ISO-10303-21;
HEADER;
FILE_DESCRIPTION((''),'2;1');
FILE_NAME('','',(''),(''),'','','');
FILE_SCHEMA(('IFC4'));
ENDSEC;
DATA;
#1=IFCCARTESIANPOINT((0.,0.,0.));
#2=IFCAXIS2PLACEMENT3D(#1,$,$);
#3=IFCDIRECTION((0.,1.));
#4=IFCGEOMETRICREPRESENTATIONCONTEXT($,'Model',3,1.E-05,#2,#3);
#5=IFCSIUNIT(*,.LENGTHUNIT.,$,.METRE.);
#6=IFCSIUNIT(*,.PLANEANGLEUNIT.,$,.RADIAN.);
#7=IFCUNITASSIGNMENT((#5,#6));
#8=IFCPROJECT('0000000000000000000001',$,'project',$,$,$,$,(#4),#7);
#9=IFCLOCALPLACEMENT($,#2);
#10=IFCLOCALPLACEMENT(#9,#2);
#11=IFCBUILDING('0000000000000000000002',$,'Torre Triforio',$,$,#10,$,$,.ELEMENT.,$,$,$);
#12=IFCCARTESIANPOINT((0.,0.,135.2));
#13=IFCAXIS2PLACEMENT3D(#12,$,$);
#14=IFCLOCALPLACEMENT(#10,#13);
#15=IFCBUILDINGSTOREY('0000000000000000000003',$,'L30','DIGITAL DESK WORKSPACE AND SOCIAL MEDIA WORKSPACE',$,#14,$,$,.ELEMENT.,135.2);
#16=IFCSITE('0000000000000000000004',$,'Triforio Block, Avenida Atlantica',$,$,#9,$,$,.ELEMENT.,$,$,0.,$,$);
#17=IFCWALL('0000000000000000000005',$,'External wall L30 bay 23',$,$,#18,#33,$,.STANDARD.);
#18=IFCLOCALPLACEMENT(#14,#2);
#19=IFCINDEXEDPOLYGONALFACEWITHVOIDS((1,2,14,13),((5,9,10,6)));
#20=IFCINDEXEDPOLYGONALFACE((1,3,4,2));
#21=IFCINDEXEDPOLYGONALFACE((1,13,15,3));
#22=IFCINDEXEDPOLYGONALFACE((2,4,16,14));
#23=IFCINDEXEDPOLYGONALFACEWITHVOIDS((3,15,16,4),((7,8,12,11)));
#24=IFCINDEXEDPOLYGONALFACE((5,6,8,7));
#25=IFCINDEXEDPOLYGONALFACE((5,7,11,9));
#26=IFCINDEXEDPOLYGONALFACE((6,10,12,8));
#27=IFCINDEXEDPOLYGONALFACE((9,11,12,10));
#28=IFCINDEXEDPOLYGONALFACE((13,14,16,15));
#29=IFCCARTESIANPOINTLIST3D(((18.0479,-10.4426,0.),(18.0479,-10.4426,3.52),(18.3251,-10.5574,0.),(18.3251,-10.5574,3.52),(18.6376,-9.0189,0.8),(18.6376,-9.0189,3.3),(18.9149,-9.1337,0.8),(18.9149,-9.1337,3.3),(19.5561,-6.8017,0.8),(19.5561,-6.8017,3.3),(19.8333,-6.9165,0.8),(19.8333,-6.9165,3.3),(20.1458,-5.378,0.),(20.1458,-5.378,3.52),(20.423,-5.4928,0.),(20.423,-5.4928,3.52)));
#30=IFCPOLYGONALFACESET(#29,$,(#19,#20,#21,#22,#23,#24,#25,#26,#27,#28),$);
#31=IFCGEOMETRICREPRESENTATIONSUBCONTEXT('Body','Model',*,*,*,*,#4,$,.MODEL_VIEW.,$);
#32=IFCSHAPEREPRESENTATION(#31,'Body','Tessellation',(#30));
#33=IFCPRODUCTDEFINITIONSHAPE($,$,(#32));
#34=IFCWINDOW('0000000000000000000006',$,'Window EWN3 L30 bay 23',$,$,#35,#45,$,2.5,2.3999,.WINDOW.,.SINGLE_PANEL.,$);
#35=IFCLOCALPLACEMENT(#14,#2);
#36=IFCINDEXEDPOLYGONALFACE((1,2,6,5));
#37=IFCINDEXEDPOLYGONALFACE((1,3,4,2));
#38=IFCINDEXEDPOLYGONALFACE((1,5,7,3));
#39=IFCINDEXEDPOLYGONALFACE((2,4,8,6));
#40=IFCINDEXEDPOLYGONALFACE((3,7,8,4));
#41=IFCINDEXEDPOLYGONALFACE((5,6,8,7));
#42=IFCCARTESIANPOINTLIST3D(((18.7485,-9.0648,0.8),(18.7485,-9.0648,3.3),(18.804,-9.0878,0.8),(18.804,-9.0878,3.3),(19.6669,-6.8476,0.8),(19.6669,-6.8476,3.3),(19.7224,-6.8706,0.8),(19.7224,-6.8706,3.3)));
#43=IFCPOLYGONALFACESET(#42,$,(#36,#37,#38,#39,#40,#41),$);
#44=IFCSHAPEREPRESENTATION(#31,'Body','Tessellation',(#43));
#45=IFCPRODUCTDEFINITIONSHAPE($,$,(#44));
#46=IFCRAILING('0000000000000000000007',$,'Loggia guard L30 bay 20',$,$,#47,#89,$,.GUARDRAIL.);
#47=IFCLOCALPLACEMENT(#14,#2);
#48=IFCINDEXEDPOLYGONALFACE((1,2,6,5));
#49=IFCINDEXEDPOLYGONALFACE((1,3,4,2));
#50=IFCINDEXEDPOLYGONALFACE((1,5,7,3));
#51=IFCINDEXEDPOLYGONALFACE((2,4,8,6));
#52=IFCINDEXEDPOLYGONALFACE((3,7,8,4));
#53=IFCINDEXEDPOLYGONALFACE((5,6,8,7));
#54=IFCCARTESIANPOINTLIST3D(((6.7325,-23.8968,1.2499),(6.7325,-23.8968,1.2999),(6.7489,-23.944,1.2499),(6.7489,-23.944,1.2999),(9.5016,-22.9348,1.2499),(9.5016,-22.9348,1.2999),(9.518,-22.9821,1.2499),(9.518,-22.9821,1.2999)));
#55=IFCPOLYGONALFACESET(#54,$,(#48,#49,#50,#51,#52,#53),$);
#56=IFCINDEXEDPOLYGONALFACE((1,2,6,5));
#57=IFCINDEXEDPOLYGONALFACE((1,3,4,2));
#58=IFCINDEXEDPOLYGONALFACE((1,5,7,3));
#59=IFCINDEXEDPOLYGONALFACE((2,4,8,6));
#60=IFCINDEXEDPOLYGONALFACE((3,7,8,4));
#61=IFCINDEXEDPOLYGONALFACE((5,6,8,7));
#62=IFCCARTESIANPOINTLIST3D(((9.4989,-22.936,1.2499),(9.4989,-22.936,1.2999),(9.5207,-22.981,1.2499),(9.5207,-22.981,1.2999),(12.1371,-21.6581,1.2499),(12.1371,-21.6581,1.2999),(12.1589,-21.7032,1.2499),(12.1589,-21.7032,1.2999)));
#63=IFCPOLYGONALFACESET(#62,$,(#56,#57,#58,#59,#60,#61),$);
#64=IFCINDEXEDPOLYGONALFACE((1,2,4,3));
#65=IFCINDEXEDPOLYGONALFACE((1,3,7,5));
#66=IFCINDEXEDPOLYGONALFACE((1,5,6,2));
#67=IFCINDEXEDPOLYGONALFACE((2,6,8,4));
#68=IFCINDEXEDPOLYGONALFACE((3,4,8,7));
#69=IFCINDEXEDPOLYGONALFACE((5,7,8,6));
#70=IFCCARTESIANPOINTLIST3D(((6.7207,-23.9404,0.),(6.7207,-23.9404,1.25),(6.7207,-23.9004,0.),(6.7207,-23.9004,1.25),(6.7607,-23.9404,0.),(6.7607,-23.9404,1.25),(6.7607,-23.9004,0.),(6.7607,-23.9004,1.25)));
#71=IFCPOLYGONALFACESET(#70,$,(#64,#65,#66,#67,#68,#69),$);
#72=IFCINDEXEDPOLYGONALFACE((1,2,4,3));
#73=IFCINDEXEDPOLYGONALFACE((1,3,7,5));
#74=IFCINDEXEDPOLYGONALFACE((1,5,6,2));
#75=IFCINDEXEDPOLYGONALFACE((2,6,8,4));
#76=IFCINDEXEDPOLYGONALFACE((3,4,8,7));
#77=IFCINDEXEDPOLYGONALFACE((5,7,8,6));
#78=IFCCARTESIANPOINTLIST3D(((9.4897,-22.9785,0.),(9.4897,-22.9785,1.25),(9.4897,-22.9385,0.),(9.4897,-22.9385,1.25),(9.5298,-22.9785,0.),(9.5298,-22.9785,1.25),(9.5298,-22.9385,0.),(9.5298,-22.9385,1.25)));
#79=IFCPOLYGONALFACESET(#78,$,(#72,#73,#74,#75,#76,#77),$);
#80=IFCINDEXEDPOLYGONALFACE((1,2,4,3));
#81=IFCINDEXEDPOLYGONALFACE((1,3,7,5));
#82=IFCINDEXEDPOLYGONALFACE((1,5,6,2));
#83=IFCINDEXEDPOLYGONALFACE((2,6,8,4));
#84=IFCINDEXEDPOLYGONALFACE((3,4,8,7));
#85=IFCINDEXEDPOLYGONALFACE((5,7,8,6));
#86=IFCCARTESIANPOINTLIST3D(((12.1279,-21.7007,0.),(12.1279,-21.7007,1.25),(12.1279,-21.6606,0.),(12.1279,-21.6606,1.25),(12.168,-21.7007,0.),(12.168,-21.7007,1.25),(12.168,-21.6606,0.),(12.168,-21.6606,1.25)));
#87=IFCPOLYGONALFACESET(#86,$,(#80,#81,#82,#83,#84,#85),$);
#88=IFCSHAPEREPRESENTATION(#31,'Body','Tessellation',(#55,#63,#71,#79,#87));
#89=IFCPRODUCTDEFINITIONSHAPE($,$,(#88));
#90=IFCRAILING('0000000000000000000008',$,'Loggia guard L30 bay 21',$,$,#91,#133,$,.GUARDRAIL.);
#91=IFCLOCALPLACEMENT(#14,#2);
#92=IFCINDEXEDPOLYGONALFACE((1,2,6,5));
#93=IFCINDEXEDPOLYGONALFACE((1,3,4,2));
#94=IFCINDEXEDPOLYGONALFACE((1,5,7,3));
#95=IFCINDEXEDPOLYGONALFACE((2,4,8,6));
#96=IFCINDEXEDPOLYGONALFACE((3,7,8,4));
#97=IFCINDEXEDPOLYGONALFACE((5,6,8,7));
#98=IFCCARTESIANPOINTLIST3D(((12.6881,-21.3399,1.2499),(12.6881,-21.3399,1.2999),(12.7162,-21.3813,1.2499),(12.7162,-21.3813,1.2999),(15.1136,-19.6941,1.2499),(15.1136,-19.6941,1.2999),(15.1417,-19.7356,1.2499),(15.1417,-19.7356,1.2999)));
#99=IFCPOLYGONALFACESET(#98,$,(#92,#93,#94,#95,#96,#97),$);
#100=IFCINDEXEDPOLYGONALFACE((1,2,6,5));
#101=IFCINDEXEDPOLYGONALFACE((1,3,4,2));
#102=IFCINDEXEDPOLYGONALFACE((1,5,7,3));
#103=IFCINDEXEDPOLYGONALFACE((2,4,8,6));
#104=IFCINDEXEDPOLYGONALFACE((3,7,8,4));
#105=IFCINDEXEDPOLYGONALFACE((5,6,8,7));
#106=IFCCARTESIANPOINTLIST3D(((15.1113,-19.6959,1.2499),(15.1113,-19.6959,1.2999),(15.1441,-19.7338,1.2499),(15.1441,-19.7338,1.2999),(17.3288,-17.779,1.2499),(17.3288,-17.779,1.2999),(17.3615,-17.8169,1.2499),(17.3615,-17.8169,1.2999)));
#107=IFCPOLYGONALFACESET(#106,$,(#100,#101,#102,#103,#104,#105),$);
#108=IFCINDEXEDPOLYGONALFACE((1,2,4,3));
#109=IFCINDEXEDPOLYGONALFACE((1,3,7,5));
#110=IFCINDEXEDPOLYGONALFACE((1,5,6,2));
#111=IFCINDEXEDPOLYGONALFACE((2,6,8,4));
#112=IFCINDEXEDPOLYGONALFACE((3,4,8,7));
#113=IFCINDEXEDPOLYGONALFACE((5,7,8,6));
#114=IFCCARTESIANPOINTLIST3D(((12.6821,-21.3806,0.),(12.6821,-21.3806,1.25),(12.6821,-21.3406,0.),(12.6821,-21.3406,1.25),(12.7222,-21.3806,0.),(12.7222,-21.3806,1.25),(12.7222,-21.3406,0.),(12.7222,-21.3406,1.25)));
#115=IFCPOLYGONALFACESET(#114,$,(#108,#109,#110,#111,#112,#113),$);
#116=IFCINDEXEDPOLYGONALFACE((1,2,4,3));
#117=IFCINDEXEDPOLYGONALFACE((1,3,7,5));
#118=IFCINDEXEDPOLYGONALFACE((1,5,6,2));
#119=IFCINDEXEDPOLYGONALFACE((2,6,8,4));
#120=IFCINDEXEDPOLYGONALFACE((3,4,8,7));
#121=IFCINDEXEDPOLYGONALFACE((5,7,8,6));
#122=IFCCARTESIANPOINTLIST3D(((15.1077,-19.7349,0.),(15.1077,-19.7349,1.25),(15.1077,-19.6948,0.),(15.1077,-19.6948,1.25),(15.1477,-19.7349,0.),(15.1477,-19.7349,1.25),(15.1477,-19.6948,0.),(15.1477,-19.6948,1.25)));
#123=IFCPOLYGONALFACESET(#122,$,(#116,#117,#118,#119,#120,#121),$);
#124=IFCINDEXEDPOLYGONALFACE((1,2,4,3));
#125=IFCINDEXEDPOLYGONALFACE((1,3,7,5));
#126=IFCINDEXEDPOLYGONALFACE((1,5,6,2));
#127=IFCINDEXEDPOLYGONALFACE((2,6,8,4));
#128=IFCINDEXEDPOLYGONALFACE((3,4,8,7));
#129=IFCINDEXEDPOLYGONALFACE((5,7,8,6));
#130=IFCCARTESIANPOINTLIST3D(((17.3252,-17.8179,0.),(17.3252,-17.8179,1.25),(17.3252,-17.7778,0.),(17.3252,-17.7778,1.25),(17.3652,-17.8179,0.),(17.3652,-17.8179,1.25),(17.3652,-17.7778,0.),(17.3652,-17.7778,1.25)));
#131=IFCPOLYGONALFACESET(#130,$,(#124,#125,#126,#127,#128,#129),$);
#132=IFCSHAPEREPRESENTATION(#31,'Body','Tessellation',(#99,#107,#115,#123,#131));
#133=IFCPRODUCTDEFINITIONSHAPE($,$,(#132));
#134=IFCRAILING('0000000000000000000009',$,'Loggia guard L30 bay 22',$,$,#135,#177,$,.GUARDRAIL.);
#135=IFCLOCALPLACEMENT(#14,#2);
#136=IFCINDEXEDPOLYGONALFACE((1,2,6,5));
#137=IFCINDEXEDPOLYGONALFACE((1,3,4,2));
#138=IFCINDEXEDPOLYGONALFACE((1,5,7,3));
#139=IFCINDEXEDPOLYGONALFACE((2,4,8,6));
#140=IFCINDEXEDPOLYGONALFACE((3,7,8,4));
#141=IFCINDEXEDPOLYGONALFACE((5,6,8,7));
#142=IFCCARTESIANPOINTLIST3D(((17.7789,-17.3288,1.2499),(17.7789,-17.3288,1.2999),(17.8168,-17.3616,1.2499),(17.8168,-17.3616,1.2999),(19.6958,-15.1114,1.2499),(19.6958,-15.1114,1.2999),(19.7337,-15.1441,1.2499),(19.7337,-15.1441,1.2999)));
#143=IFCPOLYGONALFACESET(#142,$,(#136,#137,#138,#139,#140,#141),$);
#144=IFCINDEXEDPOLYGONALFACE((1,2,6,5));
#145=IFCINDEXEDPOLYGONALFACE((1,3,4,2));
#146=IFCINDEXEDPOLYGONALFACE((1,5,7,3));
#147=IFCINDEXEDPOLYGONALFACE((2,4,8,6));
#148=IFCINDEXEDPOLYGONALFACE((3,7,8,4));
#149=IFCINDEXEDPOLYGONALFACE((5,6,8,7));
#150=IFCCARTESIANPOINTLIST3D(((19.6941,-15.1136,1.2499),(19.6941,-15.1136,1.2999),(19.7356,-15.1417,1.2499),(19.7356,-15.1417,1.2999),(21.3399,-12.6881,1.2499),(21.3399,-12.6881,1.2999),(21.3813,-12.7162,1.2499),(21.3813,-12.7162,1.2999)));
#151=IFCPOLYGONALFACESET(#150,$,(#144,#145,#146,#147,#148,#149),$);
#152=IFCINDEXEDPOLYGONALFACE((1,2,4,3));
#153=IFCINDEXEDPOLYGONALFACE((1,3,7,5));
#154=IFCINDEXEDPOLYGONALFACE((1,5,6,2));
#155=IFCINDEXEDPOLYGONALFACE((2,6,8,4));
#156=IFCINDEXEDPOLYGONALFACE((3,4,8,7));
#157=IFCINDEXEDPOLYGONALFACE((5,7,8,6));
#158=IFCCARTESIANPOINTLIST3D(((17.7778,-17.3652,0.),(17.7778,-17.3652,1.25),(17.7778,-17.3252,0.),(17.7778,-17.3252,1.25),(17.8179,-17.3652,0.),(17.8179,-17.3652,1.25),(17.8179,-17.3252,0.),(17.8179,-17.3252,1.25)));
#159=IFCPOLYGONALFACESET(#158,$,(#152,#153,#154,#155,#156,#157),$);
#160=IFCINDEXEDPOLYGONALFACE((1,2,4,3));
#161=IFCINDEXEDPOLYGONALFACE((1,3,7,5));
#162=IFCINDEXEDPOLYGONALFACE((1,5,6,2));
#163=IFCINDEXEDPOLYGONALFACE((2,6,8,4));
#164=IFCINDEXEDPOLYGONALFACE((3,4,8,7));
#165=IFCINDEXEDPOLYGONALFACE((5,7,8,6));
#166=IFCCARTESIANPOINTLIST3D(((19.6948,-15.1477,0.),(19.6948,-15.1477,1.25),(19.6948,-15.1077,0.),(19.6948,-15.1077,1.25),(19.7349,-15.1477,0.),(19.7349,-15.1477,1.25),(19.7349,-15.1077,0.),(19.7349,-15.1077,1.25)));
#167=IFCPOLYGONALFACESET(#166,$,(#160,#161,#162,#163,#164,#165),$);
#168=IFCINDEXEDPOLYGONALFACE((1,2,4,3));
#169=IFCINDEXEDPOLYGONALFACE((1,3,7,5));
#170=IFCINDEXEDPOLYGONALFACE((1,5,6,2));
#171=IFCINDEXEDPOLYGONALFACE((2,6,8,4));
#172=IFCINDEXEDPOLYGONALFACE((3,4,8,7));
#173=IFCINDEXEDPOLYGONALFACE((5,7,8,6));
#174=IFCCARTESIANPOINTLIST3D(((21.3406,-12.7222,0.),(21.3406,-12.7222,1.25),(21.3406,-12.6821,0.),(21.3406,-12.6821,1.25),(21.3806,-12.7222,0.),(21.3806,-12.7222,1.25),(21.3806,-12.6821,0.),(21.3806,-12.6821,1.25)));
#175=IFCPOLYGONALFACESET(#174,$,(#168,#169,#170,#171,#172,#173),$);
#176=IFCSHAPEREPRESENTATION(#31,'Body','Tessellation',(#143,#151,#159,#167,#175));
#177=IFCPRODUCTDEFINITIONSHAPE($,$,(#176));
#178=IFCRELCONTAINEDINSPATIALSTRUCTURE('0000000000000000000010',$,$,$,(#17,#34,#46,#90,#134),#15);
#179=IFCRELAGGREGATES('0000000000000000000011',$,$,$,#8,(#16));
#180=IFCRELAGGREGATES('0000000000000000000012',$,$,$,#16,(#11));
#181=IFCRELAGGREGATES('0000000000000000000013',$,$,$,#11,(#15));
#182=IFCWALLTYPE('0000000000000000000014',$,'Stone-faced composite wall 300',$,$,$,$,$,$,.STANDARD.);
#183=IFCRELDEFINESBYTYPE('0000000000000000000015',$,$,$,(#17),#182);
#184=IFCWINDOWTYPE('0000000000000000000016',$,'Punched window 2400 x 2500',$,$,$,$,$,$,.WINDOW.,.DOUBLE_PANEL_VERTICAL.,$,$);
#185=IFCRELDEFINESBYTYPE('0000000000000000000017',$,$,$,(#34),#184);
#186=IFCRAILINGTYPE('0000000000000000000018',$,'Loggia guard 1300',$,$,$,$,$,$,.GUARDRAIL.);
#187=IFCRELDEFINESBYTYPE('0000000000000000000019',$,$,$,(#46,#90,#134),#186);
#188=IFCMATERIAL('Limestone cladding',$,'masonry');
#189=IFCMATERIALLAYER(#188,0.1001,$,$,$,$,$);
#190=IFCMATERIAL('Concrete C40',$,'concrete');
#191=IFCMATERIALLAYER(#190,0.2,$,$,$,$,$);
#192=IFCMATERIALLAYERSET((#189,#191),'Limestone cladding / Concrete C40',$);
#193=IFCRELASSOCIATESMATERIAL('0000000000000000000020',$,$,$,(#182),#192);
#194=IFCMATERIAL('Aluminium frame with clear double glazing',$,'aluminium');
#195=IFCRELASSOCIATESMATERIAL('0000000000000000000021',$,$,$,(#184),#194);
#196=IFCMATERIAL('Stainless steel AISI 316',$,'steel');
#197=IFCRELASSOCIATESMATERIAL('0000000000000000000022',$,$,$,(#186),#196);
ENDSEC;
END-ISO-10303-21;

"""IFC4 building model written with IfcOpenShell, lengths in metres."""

from ifc_helpers import new_model, si_unit, direction, frame, frame_2d, origin, origin_2d, place, context, subcontext, project, spatial, rectangle, extrude, material, layer, layer_set, type_object, element, fill, save


model = new_model("IFC4")

# Units and contexts
model_context = context("Model", 3, precision=1e-05, world=origin(), true_north=direction((0.0, 1.0)))
body_context = subcontext(model_context, "Body", "Model", "MODEL_VIEW")
ifc_project = project(units=[si_unit("LENGTHUNIT", "METRE"), si_unit("PLANEANGLEUNIT", "RADIAN")], contexts=[model_context])

# Site, building, storey
site_placement = place(None, origin())
site = spatial("IfcSite", under=ifc_project, at=site_placement, Name="Triforio Block, Avenida Atlantica", CompositionType="ELEMENT", RefElevation=0.0)
building_placement = place(site_placement, origin())
building = spatial("IfcBuilding", under=site, at=building_placement, Name="Torre Triforio", CompositionType="ELEMENT")
storey_placement = place(building_placement, frame((0.0, 0.0, 135.2)))
storey = spatial("IfcBuildingStorey", under=building, at=storey_placement, Name="L30", Description="DIGITAL DESK WORKSPACE AND SOCIAL MEDIA WORKSPACE", CompositionType="ELEMENT", Elevation=135.2)

# Shared definitions
ifc_material_1 = material(Name="Limestone cladding", Category="masonry")
ifc_material_2 = material(Name="Concrete C40", Category="concrete")

# Shared definitions
ifc_layer_1 = layer(ifc_material_1, 0.1001)
ifc_layer_2 = layer(ifc_material_2, 0.2)
ifc_layer_set_1 = layer_set([ifc_layer_1, ifc_layer_2], Name="Limestone cladding / Concrete C40")
wall_type_1 = type_object("IfcWallType", Name="Stone-faced composite wall 300", PredefinedType="STANDARD", material=ifc_layer_set_1)
ifc_material_3 = material(Name="Aluminium frame with clear double glazing", Category="aluminium")
window_type_1 = type_object("IfcWindowType", Name="Punched window 2400 x 2500", PartitioningType="DOUBLE_PANEL_VERTICAL", PredefinedType="WINDOW", material=ifc_material_3)

# Wall, opening, window
wall_1_placement = place(storey_placement, frame((18.1865, -10.5, 0.0), z_axis=(0.0, 0.0, 1.0), x_axis=(0.382689, 0.923877, 0.0)))
wall_1 = element("IfcWall", 1, at=wall_1_placement, inside=storey, type_object=wall_type_1, Name="External wall L30 bay 23", PredefinedType="STANDARD", context=body_context, shape_type="SweptSolid", body=[
    extrude(rectangle(XDim=5.4819, YDim=0.3, at=frame_2d((2.741, 0.0))), origin(), (0.0, 0.0, 1.0), 3.52),
])
opening_1_placement = place(wall_1_placement, frame((1.541, 0.0, 0.8)))
opening_1 = element("IfcOpeningElement", 2, at=opening_1_placement, cuts=wall_1, PredefinedType="OPENING", context=body_context, shape_type="SweptSolid", body=[
    extrude(rectangle(XDim=2.3999, YDim=2.5, at=frame_2d((1.2, 1.25))), frame((0.0, 0.1599, 0.0), z_axis=(0.0, -1.0, 0.0), x_axis=(1.0, 0.0, 0.0)), (0.0, 0.0, 1.0), 0.3201),
])
window_1_placement = place(opening_1_placement, origin())
window_1 = element("IfcWindow", 3, at=window_1_placement, inside=storey, type_object=window_type_1, Name="Window EWN3 L30 bay 23", OverallHeight=2.5, OverallWidth=2.3999, PartitioningType="SINGLE_PANEL", PredefinedType="WINDOW", context=body_context, shape_type="SweptSolid", body=[
    extrude(rectangle(XDim=2.3999, YDim=2.5, at=frame_2d((1.2, 1.25))), frame((0.0, 0.03, 0.0), z_axis=(0.0, -1.0, 0.0), x_axis=(1.0, 0.0, 0.0)), (0.0, 0.0, 1.0), 0.0601),
])
fill(opening_1, window_1)

# Railings
ifc_material_4 = material(Name="Stainless steel AISI 316", Category="steel")
railing_type = type_object("IfcRailingType", Name="Loggia guard 1300", PredefinedType="GUARDRAIL", material=ifc_material_4)
railing_1_placement = place(storey_placement, frame((6.7407, -23.9204, 0.0)))
element("IfcRailing", 4, at=railing_1_placement, inside=storey, type_object=railing_type, Name="Loggia guard L30 bay 20", PredefinedType="GUARDRAIL", context=body_context, shape_type="SweptSolid", body=[
    extrude(rectangle(XDim=0.05, YDim=0.05, at=origin_2d()), frame((0.0, 0.0, 1.2749), z_axis=(0.944627, 0.328146, 0.0), x_axis=(-0.328146, 0.944627, 0.0)), (0.0, 0.0, 1.0), 2.9314),
    extrude(rectangle(XDim=0.05, YDim=0.05, at=origin_2d()), frame((2.769, 0.9619, 1.2749), z_axis=(0.899986, 0.435918, 0.0), x_axis=(-0.435918, 0.899986, 0.0)), (0.0, 0.0, 1.0), 2.9314),
    extrude(rectangle(XDim=0.04, YDim=0.04, at=origin_2d()), origin(), (0.0, 0.0, 1.0), 1.25),
    extrude(rectangle(XDim=0.04, YDim=0.04, at=origin_2d()), frame((2.769, 0.9619, 0.0)), (0.0, 0.0, 1.0), 1.25),
    extrude(rectangle(XDim=0.04, YDim=0.04, at=origin_2d()), frame((5.4072, 2.2397, 0.0)), (0.0, 0.0, 1.0), 1.25),
])
railing_2_placement = place(storey_placement, frame((12.7021, -21.3606, 0.0)))
element("IfcRailing", 5, at=railing_2_placement, inside=storey, type_object=railing_type, Name="Loggia guard L30 bay 21", PredefinedType="GUARDRAIL", context=body_context, shape_type="SweptSolid", body=[
    extrude(rectangle(XDim=0.05, YDim=0.05, at=origin_2d()), frame((0.0, 0.0, 1.2749), z_axis=(0.827499, 0.561467, 0.0), x_axis=(-0.561467, 0.827499, 0.0)), (0.0, 0.0, 1.0), 2.9312),
    extrude(rectangle(XDim=0.05, YDim=0.05, at=origin_2d()), frame((2.4255, 1.6458, 1.2749), z_axis=(0.75651, 0.653982, 0.0), x_axis=(-0.653982, 0.75651, 0.0)), (0.0, 0.0, 1.0), 2.9312),
    extrude(rectangle(XDim=0.04, YDim=0.04, at=origin_2d()), origin(), (0.0, 0.0, 1.0), 1.25),
    extrude(rectangle(XDim=0.04, YDim=0.04, at=origin_2d()), frame((2.4255, 1.6458, 0.0)), (0.0, 0.0, 1.0), 1.25),
    extrude(rectangle(XDim=0.04, YDim=0.04, at=origin_2d()), frame((4.6431, 3.5627, 0.0)), (0.0, 0.0, 1.0), 1.25),
])
railing_3_placement = place(storey_placement, frame((17.7979, -17.3452, 0.0)))
element("IfcRailing", 6, at=railing_3_placement, inside=storey, type_object=railing_type, Name="Loggia guard L30 bay 22", PredefinedType="GUARDRAIL", context=body_context, shape_type="SweptSolid", body=[
    extrude(rectangle(XDim=0.05, YDim=0.05, at=origin_2d()), frame((0.0, 0.0, 1.2749), z_axis=(0.653982, 0.75651, 0.0), x_axis=(-0.75651, 0.653982, 0.0)), (0.0, 0.0, 1.0), 2.9312),
    extrude(rectangle(XDim=0.05, YDim=0.05, at=origin_2d()), frame((1.917, 2.2175, 1.2749), z_axis=(0.561467, 0.827499, 0.0), x_axis=(-0.827499, 0.561467, 0.0)), (0.0, 0.0, 1.0), 2.9312),
    extrude(rectangle(XDim=0.04, YDim=0.04, at=origin_2d()), origin(), (0.0, 0.0, 1.0), 1.25),
    extrude(rectangle(XDim=0.04, YDim=0.04, at=origin_2d()), frame((1.917, 2.2175, 0.0)), (0.0, 0.0, 1.0), 1.25),
    extrude(rectangle(XDim=0.04, YDim=0.04, at=origin_2d()), frame((3.5627, 4.6431, 0.0)), (0.0, 0.0, 1.0), 1.25),
])

save(model, "model.ifc")
